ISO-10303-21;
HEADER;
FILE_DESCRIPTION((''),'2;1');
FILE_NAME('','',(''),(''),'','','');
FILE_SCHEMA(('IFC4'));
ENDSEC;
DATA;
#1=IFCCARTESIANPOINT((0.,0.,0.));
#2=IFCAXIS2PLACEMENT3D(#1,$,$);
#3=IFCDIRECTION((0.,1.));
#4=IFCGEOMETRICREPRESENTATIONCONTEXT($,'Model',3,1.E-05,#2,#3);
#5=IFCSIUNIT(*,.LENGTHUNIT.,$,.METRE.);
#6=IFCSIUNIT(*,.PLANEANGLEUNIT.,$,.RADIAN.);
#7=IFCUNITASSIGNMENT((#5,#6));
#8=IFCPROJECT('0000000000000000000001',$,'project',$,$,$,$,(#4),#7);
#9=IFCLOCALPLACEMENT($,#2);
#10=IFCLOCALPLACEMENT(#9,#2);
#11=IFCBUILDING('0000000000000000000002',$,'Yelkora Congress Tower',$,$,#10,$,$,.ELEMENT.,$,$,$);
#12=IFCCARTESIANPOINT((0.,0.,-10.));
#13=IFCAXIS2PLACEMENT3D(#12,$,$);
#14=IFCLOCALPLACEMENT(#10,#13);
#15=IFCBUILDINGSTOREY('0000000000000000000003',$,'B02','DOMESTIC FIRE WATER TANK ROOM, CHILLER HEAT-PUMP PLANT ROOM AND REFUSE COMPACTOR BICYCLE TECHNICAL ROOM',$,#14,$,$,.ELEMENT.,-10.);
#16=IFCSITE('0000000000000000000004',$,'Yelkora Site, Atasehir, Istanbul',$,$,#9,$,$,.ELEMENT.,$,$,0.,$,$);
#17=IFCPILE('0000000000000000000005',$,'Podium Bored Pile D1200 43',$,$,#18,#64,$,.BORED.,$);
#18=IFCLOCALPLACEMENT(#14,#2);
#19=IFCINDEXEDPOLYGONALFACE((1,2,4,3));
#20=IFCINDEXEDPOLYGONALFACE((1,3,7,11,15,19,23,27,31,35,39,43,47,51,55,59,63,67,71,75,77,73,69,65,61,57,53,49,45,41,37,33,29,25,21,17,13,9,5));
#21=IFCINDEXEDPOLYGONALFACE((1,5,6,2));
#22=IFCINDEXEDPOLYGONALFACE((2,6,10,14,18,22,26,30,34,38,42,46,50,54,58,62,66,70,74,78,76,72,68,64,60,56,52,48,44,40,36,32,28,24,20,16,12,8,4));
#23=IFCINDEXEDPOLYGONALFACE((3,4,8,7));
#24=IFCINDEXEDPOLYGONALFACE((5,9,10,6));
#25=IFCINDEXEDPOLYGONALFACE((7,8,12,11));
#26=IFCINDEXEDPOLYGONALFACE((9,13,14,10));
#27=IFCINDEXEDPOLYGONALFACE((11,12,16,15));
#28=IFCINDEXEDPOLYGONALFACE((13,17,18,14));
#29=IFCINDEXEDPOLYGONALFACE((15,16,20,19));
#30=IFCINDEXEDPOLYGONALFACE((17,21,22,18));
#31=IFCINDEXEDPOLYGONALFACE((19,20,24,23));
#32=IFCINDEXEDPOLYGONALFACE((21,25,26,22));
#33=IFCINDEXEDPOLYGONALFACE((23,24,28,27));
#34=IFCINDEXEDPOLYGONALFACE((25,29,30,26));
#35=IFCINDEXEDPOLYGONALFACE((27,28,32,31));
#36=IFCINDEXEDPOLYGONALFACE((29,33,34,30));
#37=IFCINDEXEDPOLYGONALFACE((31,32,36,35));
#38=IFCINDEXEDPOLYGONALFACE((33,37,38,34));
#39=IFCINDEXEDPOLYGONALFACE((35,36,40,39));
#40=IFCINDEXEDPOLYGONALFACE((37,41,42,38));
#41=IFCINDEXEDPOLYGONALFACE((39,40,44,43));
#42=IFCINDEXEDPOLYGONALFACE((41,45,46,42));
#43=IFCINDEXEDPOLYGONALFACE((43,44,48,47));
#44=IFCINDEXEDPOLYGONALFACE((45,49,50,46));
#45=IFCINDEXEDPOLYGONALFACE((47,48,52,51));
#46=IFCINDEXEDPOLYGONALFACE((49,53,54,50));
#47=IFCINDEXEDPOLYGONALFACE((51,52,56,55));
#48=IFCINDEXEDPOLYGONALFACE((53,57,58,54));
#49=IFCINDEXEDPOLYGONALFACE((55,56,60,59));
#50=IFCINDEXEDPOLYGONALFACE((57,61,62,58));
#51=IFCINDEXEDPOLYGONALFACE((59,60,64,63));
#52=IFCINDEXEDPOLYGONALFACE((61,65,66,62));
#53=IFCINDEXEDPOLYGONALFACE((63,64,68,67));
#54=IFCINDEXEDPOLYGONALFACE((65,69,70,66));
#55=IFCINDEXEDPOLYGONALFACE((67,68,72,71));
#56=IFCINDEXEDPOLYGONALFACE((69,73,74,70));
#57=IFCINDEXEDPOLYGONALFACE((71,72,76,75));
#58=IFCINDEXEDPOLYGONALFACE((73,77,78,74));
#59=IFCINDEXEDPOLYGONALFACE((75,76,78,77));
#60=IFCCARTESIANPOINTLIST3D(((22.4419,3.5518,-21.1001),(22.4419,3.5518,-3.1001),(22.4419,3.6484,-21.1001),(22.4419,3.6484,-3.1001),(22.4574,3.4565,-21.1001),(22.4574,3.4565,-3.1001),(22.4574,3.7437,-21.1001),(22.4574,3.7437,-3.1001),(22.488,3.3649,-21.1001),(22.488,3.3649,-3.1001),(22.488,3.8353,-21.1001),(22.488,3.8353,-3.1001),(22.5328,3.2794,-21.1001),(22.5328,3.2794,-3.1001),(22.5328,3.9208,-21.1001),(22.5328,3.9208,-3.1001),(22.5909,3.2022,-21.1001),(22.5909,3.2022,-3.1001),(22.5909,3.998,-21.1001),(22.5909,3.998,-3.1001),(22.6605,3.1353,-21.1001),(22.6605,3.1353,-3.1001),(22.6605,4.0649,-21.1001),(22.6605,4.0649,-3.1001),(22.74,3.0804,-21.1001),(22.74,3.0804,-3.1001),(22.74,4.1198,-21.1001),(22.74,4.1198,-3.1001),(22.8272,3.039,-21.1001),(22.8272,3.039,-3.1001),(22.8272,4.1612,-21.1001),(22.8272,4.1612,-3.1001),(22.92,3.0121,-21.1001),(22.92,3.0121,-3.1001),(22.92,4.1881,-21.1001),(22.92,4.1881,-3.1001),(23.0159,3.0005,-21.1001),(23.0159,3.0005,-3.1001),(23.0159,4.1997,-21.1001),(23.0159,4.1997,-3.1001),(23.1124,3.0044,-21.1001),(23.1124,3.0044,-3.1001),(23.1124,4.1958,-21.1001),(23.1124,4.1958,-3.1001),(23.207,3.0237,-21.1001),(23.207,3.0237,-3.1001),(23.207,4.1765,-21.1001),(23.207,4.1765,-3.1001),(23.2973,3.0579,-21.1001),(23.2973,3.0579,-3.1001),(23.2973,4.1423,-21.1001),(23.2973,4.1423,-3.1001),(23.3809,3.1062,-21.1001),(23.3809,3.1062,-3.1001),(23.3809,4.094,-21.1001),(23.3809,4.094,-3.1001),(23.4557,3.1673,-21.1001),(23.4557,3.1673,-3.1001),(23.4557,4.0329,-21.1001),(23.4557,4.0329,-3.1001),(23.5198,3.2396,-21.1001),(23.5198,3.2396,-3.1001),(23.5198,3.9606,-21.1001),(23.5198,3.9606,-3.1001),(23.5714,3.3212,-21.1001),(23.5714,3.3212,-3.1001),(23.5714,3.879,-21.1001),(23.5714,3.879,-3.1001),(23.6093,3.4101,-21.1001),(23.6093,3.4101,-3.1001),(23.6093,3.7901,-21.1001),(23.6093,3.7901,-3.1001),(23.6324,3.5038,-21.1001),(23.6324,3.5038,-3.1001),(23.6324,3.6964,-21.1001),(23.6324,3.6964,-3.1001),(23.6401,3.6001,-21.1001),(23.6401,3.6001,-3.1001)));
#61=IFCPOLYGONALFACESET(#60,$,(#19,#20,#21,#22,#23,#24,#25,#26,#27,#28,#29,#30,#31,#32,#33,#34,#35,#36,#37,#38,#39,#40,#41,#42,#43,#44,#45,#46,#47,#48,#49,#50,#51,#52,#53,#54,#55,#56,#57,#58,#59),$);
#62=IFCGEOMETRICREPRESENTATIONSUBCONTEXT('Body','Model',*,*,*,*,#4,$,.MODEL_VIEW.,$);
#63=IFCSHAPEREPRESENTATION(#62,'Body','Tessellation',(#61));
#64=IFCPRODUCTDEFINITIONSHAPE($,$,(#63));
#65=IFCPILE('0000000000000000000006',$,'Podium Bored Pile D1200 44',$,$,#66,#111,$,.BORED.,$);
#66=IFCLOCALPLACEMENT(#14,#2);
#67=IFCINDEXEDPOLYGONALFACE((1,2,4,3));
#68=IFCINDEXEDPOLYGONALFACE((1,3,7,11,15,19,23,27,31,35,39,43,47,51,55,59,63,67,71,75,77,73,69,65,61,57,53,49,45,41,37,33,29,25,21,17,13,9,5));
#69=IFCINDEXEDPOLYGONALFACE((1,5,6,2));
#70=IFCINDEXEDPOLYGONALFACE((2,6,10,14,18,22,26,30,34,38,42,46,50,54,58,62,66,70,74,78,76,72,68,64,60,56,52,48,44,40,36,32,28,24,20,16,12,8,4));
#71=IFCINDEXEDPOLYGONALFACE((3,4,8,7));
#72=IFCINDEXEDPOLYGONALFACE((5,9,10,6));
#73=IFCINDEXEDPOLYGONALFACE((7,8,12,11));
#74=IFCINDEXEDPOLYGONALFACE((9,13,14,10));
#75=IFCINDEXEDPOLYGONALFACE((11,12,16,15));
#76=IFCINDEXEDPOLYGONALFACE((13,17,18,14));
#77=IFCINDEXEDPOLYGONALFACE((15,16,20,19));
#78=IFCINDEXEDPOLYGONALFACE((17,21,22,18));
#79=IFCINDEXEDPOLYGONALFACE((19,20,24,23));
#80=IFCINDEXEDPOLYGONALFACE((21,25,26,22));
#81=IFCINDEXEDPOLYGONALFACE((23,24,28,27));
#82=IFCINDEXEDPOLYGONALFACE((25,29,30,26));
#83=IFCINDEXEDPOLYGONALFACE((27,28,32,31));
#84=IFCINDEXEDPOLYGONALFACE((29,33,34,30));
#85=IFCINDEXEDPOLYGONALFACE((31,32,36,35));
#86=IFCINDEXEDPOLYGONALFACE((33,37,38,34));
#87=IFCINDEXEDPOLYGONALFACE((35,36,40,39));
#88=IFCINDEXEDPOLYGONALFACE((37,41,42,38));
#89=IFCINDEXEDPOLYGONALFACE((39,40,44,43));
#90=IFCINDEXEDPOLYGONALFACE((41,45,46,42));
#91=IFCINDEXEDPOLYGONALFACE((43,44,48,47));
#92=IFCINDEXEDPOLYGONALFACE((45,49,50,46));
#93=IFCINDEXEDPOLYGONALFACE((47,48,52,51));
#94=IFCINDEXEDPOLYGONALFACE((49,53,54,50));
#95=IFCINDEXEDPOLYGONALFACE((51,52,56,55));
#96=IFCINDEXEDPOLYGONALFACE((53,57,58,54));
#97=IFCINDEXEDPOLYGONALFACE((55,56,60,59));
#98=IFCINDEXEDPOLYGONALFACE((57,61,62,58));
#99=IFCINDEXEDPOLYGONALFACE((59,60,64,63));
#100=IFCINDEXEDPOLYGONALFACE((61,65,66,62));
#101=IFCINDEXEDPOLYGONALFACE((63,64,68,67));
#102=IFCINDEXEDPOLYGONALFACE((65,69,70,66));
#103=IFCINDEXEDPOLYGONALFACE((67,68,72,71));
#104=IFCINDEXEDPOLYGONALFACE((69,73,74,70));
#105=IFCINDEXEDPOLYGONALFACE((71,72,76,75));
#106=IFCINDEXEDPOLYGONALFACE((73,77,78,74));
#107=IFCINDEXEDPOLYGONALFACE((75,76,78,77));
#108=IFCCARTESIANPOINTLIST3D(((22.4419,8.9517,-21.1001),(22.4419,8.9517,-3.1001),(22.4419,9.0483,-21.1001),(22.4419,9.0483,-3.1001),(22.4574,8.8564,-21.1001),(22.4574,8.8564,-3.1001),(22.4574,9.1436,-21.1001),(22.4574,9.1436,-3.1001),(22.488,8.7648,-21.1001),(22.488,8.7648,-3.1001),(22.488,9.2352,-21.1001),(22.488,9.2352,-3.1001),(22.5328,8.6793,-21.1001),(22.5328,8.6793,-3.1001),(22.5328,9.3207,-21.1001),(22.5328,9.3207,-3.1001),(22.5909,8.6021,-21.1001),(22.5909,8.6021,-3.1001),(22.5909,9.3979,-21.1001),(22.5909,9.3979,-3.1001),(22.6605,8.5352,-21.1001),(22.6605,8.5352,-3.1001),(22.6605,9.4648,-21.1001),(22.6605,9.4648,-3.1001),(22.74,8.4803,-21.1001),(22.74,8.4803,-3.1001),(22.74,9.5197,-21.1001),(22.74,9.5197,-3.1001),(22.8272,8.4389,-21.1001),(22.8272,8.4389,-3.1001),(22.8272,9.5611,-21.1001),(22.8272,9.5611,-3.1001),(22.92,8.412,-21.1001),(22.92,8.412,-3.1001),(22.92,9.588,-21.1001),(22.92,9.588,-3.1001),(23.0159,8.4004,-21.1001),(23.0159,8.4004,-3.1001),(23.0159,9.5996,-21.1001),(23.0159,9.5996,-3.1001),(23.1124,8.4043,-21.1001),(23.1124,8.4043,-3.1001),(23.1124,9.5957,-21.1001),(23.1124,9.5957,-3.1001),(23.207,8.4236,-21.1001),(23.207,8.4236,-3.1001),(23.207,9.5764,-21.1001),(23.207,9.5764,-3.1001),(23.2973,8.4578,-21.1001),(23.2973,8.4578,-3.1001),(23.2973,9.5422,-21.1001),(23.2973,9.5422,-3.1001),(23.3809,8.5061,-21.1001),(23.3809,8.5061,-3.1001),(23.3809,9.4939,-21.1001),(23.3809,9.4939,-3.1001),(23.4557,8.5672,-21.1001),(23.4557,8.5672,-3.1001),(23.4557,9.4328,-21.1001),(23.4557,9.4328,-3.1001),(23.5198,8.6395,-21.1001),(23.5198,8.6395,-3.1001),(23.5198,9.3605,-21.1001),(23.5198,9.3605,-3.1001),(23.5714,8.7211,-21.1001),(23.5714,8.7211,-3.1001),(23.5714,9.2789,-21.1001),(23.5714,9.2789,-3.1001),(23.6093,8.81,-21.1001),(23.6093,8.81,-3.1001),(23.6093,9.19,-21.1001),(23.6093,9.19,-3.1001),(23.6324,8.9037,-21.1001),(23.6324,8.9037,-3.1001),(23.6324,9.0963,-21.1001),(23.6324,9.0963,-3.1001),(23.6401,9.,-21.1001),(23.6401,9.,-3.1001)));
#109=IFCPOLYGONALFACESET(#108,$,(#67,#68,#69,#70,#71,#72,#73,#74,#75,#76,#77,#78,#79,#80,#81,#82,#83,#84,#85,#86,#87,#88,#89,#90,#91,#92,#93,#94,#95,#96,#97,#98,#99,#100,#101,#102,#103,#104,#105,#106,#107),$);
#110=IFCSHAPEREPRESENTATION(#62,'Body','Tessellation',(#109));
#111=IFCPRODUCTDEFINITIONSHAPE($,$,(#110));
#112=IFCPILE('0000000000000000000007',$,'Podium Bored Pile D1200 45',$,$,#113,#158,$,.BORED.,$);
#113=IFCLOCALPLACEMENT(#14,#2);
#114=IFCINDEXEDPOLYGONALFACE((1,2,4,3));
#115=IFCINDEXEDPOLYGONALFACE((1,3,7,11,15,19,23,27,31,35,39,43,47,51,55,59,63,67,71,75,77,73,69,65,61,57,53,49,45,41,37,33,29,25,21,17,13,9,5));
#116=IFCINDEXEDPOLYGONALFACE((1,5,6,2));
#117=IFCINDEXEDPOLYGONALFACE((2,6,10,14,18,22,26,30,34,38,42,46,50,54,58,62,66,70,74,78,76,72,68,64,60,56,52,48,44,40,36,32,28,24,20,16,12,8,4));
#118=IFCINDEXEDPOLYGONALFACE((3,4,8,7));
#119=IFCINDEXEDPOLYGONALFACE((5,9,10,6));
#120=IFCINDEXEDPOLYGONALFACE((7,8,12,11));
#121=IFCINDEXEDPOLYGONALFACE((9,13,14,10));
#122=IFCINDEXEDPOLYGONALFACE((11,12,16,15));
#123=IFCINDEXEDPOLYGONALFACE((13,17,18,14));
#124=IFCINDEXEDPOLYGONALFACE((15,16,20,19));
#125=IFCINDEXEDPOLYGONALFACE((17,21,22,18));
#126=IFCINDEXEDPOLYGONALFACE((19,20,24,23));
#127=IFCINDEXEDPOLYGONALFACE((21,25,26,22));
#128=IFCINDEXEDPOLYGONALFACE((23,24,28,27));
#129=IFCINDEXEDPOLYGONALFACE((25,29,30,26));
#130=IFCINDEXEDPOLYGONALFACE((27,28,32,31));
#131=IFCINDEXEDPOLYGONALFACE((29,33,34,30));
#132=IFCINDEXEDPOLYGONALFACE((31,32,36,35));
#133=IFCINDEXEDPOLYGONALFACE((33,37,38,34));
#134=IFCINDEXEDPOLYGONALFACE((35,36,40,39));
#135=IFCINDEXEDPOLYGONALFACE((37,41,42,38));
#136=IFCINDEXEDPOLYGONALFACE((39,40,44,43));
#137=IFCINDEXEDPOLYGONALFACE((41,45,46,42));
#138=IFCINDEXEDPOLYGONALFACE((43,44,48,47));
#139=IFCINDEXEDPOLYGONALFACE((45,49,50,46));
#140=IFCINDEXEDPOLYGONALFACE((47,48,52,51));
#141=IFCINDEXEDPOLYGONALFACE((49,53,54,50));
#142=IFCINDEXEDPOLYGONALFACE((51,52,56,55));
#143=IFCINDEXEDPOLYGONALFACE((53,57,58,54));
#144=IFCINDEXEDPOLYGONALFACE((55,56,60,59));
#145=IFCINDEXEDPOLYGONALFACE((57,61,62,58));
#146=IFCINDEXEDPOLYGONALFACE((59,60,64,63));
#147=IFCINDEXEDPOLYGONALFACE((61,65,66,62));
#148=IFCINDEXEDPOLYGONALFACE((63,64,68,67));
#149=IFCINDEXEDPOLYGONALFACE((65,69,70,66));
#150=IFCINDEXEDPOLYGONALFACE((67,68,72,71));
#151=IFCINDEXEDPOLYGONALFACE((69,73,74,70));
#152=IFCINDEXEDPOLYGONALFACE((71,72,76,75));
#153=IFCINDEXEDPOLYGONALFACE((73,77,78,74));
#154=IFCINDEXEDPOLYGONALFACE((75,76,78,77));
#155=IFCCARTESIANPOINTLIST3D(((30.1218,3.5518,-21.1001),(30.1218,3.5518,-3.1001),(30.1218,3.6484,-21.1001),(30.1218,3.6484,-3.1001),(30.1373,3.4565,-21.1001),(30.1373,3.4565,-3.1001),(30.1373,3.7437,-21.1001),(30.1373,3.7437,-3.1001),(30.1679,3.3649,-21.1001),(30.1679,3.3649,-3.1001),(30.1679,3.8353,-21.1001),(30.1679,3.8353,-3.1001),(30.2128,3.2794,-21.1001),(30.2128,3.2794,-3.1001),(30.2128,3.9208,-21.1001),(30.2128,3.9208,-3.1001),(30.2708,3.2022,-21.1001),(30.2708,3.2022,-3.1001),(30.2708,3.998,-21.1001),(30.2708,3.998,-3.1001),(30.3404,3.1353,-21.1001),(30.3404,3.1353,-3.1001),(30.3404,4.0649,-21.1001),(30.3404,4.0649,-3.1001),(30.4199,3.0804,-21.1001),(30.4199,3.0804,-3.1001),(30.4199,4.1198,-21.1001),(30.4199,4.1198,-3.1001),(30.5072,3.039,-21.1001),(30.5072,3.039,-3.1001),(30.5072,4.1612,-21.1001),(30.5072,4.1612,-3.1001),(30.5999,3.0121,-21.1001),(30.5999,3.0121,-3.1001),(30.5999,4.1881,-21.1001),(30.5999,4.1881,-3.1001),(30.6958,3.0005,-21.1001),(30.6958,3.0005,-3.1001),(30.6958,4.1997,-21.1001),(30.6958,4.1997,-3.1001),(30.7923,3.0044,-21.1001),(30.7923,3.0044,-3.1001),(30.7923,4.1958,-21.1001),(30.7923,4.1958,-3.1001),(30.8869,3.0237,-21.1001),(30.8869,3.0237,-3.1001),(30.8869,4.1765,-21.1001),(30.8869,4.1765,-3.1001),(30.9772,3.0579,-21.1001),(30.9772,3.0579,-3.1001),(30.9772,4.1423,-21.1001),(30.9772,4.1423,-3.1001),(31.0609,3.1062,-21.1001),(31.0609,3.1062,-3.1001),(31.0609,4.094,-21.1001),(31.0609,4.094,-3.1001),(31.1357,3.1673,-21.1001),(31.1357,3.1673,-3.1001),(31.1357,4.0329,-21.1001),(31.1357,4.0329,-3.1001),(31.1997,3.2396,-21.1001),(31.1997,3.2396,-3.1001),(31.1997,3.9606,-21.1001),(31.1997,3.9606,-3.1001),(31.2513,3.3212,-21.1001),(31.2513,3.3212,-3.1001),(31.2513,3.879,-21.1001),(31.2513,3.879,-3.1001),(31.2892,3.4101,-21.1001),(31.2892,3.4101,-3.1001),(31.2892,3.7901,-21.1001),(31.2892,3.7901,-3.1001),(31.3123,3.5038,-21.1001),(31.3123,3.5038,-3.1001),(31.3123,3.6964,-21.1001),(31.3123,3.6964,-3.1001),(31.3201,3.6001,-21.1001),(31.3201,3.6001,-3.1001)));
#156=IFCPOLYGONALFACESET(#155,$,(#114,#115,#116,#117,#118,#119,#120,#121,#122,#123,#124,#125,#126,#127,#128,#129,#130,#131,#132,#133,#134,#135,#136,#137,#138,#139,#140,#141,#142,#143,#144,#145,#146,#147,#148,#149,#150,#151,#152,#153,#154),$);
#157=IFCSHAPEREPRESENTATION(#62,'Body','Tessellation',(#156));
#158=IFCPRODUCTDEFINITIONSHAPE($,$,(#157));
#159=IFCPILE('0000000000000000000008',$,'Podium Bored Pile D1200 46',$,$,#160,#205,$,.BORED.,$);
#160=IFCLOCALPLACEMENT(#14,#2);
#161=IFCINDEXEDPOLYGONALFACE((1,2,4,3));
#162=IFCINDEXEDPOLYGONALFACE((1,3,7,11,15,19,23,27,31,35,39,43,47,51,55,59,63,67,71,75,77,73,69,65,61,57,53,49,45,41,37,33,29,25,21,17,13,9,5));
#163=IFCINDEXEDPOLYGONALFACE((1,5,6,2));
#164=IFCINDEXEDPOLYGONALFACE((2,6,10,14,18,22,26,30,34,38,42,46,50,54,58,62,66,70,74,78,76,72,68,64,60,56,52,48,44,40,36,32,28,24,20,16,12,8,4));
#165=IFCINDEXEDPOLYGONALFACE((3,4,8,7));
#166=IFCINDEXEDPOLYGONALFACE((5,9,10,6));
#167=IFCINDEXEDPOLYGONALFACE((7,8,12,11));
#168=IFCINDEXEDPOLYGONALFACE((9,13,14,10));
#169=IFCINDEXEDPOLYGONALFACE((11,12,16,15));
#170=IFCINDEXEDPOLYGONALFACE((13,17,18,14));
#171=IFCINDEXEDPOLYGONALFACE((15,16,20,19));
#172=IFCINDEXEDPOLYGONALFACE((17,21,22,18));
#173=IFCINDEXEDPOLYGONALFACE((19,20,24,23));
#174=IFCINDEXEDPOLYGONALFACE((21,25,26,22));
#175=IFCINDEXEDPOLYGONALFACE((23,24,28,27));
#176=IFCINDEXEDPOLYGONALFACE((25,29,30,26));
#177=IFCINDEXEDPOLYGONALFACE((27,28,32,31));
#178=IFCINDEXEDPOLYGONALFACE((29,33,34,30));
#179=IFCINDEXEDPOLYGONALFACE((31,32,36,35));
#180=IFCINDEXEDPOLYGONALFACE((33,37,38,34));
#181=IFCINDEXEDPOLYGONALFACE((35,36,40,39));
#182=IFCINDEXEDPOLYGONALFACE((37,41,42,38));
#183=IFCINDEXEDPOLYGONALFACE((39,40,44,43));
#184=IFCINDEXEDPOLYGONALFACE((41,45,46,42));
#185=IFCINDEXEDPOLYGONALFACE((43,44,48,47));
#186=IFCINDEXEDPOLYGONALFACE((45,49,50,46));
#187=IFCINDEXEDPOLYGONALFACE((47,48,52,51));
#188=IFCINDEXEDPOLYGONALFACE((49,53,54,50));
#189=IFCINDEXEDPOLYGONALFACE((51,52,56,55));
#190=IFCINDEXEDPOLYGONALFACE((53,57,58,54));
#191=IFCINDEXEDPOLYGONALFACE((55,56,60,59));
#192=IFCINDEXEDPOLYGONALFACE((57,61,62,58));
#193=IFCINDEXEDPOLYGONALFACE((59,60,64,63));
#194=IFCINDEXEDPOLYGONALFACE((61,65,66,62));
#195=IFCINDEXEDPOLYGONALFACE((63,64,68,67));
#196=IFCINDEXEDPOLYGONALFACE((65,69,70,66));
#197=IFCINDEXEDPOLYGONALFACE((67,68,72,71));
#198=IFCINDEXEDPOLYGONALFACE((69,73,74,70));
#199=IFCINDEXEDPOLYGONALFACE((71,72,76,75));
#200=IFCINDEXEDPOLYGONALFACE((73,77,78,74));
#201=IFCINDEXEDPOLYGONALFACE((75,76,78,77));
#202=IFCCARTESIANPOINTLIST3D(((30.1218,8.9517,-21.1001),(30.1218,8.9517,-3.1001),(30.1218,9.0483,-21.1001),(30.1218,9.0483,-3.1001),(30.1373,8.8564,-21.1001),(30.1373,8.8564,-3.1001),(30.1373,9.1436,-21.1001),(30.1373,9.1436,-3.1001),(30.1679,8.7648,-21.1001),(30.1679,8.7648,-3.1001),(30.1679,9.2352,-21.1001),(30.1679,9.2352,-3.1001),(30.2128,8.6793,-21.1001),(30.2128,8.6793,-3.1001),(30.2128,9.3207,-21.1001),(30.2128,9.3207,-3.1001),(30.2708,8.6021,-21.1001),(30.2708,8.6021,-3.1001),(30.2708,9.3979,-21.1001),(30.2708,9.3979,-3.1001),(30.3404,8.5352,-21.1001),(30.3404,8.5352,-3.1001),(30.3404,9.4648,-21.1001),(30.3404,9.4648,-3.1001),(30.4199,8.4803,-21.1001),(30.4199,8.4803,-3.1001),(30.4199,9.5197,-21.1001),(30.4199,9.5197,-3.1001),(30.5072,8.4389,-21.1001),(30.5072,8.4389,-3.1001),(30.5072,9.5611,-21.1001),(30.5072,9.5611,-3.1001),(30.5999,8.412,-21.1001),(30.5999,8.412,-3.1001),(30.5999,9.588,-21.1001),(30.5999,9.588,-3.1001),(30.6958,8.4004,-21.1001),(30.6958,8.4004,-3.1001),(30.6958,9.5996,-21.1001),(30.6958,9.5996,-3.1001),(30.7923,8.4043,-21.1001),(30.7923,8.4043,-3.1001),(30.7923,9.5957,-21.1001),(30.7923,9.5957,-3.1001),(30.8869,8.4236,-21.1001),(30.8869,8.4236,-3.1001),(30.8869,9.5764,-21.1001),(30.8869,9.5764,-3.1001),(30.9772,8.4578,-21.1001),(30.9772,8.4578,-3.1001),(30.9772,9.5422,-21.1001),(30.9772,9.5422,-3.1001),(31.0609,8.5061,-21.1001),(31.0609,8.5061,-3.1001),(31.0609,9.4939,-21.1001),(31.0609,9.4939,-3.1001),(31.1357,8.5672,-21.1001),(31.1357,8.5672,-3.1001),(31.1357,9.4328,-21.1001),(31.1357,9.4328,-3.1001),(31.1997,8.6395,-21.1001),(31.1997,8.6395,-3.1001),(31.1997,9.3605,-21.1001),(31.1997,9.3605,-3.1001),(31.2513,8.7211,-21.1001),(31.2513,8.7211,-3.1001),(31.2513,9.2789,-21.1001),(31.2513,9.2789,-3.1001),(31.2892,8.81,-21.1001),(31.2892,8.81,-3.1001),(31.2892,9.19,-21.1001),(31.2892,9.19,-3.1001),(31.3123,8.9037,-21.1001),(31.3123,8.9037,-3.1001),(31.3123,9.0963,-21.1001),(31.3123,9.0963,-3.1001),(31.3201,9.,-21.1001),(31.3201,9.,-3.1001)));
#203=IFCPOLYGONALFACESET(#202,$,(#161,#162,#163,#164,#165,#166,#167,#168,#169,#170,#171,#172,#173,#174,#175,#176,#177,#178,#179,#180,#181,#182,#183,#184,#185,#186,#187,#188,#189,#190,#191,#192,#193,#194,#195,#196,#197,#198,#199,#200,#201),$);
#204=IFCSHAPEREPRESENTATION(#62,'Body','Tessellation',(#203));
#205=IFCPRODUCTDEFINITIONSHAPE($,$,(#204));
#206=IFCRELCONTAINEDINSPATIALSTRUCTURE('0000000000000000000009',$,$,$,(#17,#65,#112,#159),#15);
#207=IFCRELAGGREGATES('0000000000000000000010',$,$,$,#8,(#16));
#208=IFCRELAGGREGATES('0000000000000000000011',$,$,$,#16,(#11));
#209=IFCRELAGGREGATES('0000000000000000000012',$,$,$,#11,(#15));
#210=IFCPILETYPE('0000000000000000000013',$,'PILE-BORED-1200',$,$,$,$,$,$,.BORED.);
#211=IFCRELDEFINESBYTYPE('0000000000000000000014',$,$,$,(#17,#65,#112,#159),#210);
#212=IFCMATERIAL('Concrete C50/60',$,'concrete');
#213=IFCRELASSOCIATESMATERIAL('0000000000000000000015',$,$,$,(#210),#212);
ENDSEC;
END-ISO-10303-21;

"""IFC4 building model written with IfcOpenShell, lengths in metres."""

from ifc_helpers import new_model, si_unit, direction, frame, origin, origin_2d, place, context, subcontext, project, spatial, circle, extrude, material, material_profile, profile_set, type_object, element, save


model = new_model("IFC4")

# Units and contexts
model_context = context("Model", 3, precision=1e-05, world=origin(), true_north=direction((0.0, 1.0)))
body_context = subcontext(model_context, "Body", "Model", "MODEL_VIEW")
ifc_project = project(units=[si_unit("LENGTHUNIT", "METRE"), si_unit("PLANEANGLEUNIT", "RADIAN")], contexts=[model_context])

# Site, building, storey
site_placement = place(None, origin())
site = spatial("IfcSite", under=ifc_project, at=site_placement, Name="Yelkora Site, Atasehir, Istanbul", CompositionType="ELEMENT", RefElevation=0.0)
building_placement = place(site_placement, origin())
building = spatial("IfcBuilding", under=site, at=building_placement, Name="Yelkora Congress Tower", CompositionType="ELEMENT")
storey_placement = place(building_placement, frame((0.0, 0.0, -10.0)))
storey = spatial("IfcBuildingStorey", under=building, at=storey_placement, Name="B02", Description="DOMESTIC FIRE WATER TANK ROOM, CHILLER HEAT-PUMP PLANT ROOM AND REFUSE COMPACTOR BICYCLE TECHNICAL ROOM", CompositionType="ELEMENT", Elevation=-10.0)

# Piles
ifc_material_1 = material(Name="Concrete C50/60", Category="concrete")
ifc_material_profile_1 = material_profile(ifc_material_1, circle(Radius=0.6001, at=origin_2d()), Name="PILE D1200")
ifc_profile_set_1 = profile_set([ifc_material_profile_1], Name="Concrete C50/60")
pile_type = type_object("IfcPileType", Name="PILE-BORED-1200", PredefinedType="BORED", material=ifc_profile_set_1)
for number, where, z_axis, x_axis, name in (
    (1, (23.04, 3.6001, -3.1001), (0.0, 0.0, -1.0), (1.0, 0.0, 0.0), "Podium Bored Pile D1200 43"),
    (2, (23.04, 9.0, -3.1001), (0.0, 0.0, -1.0), (1.0, 0.0, 0.0), "Podium Bored Pile D1200 44"),
    (3, (30.72, 3.6001, -3.1001), (0.0, 0.0, -1.0), (1.0, 0.0, 0.0), "Podium Bored Pile D1200 45"),
    (4, (30.72, 9.0, -3.1001), (0.0, 0.0, -1.0), (1.0, 0.0, 0.0), "Podium Bored Pile D1200 46"),
):
    element("IfcPile", number, at=place(storey_placement, frame(where, z_axis=z_axis, x_axis=x_axis)), inside=storey, type_object=pile_type, Name=name, PredefinedType="BORED", context=body_context, shape_type="SweptSolid", body=[
        extrude(circle(Radius=0.6001, at=origin_2d()), origin(), (0.0, 0.0, 1.0), 18.0),
    ])

save(model, "model.ifc")
